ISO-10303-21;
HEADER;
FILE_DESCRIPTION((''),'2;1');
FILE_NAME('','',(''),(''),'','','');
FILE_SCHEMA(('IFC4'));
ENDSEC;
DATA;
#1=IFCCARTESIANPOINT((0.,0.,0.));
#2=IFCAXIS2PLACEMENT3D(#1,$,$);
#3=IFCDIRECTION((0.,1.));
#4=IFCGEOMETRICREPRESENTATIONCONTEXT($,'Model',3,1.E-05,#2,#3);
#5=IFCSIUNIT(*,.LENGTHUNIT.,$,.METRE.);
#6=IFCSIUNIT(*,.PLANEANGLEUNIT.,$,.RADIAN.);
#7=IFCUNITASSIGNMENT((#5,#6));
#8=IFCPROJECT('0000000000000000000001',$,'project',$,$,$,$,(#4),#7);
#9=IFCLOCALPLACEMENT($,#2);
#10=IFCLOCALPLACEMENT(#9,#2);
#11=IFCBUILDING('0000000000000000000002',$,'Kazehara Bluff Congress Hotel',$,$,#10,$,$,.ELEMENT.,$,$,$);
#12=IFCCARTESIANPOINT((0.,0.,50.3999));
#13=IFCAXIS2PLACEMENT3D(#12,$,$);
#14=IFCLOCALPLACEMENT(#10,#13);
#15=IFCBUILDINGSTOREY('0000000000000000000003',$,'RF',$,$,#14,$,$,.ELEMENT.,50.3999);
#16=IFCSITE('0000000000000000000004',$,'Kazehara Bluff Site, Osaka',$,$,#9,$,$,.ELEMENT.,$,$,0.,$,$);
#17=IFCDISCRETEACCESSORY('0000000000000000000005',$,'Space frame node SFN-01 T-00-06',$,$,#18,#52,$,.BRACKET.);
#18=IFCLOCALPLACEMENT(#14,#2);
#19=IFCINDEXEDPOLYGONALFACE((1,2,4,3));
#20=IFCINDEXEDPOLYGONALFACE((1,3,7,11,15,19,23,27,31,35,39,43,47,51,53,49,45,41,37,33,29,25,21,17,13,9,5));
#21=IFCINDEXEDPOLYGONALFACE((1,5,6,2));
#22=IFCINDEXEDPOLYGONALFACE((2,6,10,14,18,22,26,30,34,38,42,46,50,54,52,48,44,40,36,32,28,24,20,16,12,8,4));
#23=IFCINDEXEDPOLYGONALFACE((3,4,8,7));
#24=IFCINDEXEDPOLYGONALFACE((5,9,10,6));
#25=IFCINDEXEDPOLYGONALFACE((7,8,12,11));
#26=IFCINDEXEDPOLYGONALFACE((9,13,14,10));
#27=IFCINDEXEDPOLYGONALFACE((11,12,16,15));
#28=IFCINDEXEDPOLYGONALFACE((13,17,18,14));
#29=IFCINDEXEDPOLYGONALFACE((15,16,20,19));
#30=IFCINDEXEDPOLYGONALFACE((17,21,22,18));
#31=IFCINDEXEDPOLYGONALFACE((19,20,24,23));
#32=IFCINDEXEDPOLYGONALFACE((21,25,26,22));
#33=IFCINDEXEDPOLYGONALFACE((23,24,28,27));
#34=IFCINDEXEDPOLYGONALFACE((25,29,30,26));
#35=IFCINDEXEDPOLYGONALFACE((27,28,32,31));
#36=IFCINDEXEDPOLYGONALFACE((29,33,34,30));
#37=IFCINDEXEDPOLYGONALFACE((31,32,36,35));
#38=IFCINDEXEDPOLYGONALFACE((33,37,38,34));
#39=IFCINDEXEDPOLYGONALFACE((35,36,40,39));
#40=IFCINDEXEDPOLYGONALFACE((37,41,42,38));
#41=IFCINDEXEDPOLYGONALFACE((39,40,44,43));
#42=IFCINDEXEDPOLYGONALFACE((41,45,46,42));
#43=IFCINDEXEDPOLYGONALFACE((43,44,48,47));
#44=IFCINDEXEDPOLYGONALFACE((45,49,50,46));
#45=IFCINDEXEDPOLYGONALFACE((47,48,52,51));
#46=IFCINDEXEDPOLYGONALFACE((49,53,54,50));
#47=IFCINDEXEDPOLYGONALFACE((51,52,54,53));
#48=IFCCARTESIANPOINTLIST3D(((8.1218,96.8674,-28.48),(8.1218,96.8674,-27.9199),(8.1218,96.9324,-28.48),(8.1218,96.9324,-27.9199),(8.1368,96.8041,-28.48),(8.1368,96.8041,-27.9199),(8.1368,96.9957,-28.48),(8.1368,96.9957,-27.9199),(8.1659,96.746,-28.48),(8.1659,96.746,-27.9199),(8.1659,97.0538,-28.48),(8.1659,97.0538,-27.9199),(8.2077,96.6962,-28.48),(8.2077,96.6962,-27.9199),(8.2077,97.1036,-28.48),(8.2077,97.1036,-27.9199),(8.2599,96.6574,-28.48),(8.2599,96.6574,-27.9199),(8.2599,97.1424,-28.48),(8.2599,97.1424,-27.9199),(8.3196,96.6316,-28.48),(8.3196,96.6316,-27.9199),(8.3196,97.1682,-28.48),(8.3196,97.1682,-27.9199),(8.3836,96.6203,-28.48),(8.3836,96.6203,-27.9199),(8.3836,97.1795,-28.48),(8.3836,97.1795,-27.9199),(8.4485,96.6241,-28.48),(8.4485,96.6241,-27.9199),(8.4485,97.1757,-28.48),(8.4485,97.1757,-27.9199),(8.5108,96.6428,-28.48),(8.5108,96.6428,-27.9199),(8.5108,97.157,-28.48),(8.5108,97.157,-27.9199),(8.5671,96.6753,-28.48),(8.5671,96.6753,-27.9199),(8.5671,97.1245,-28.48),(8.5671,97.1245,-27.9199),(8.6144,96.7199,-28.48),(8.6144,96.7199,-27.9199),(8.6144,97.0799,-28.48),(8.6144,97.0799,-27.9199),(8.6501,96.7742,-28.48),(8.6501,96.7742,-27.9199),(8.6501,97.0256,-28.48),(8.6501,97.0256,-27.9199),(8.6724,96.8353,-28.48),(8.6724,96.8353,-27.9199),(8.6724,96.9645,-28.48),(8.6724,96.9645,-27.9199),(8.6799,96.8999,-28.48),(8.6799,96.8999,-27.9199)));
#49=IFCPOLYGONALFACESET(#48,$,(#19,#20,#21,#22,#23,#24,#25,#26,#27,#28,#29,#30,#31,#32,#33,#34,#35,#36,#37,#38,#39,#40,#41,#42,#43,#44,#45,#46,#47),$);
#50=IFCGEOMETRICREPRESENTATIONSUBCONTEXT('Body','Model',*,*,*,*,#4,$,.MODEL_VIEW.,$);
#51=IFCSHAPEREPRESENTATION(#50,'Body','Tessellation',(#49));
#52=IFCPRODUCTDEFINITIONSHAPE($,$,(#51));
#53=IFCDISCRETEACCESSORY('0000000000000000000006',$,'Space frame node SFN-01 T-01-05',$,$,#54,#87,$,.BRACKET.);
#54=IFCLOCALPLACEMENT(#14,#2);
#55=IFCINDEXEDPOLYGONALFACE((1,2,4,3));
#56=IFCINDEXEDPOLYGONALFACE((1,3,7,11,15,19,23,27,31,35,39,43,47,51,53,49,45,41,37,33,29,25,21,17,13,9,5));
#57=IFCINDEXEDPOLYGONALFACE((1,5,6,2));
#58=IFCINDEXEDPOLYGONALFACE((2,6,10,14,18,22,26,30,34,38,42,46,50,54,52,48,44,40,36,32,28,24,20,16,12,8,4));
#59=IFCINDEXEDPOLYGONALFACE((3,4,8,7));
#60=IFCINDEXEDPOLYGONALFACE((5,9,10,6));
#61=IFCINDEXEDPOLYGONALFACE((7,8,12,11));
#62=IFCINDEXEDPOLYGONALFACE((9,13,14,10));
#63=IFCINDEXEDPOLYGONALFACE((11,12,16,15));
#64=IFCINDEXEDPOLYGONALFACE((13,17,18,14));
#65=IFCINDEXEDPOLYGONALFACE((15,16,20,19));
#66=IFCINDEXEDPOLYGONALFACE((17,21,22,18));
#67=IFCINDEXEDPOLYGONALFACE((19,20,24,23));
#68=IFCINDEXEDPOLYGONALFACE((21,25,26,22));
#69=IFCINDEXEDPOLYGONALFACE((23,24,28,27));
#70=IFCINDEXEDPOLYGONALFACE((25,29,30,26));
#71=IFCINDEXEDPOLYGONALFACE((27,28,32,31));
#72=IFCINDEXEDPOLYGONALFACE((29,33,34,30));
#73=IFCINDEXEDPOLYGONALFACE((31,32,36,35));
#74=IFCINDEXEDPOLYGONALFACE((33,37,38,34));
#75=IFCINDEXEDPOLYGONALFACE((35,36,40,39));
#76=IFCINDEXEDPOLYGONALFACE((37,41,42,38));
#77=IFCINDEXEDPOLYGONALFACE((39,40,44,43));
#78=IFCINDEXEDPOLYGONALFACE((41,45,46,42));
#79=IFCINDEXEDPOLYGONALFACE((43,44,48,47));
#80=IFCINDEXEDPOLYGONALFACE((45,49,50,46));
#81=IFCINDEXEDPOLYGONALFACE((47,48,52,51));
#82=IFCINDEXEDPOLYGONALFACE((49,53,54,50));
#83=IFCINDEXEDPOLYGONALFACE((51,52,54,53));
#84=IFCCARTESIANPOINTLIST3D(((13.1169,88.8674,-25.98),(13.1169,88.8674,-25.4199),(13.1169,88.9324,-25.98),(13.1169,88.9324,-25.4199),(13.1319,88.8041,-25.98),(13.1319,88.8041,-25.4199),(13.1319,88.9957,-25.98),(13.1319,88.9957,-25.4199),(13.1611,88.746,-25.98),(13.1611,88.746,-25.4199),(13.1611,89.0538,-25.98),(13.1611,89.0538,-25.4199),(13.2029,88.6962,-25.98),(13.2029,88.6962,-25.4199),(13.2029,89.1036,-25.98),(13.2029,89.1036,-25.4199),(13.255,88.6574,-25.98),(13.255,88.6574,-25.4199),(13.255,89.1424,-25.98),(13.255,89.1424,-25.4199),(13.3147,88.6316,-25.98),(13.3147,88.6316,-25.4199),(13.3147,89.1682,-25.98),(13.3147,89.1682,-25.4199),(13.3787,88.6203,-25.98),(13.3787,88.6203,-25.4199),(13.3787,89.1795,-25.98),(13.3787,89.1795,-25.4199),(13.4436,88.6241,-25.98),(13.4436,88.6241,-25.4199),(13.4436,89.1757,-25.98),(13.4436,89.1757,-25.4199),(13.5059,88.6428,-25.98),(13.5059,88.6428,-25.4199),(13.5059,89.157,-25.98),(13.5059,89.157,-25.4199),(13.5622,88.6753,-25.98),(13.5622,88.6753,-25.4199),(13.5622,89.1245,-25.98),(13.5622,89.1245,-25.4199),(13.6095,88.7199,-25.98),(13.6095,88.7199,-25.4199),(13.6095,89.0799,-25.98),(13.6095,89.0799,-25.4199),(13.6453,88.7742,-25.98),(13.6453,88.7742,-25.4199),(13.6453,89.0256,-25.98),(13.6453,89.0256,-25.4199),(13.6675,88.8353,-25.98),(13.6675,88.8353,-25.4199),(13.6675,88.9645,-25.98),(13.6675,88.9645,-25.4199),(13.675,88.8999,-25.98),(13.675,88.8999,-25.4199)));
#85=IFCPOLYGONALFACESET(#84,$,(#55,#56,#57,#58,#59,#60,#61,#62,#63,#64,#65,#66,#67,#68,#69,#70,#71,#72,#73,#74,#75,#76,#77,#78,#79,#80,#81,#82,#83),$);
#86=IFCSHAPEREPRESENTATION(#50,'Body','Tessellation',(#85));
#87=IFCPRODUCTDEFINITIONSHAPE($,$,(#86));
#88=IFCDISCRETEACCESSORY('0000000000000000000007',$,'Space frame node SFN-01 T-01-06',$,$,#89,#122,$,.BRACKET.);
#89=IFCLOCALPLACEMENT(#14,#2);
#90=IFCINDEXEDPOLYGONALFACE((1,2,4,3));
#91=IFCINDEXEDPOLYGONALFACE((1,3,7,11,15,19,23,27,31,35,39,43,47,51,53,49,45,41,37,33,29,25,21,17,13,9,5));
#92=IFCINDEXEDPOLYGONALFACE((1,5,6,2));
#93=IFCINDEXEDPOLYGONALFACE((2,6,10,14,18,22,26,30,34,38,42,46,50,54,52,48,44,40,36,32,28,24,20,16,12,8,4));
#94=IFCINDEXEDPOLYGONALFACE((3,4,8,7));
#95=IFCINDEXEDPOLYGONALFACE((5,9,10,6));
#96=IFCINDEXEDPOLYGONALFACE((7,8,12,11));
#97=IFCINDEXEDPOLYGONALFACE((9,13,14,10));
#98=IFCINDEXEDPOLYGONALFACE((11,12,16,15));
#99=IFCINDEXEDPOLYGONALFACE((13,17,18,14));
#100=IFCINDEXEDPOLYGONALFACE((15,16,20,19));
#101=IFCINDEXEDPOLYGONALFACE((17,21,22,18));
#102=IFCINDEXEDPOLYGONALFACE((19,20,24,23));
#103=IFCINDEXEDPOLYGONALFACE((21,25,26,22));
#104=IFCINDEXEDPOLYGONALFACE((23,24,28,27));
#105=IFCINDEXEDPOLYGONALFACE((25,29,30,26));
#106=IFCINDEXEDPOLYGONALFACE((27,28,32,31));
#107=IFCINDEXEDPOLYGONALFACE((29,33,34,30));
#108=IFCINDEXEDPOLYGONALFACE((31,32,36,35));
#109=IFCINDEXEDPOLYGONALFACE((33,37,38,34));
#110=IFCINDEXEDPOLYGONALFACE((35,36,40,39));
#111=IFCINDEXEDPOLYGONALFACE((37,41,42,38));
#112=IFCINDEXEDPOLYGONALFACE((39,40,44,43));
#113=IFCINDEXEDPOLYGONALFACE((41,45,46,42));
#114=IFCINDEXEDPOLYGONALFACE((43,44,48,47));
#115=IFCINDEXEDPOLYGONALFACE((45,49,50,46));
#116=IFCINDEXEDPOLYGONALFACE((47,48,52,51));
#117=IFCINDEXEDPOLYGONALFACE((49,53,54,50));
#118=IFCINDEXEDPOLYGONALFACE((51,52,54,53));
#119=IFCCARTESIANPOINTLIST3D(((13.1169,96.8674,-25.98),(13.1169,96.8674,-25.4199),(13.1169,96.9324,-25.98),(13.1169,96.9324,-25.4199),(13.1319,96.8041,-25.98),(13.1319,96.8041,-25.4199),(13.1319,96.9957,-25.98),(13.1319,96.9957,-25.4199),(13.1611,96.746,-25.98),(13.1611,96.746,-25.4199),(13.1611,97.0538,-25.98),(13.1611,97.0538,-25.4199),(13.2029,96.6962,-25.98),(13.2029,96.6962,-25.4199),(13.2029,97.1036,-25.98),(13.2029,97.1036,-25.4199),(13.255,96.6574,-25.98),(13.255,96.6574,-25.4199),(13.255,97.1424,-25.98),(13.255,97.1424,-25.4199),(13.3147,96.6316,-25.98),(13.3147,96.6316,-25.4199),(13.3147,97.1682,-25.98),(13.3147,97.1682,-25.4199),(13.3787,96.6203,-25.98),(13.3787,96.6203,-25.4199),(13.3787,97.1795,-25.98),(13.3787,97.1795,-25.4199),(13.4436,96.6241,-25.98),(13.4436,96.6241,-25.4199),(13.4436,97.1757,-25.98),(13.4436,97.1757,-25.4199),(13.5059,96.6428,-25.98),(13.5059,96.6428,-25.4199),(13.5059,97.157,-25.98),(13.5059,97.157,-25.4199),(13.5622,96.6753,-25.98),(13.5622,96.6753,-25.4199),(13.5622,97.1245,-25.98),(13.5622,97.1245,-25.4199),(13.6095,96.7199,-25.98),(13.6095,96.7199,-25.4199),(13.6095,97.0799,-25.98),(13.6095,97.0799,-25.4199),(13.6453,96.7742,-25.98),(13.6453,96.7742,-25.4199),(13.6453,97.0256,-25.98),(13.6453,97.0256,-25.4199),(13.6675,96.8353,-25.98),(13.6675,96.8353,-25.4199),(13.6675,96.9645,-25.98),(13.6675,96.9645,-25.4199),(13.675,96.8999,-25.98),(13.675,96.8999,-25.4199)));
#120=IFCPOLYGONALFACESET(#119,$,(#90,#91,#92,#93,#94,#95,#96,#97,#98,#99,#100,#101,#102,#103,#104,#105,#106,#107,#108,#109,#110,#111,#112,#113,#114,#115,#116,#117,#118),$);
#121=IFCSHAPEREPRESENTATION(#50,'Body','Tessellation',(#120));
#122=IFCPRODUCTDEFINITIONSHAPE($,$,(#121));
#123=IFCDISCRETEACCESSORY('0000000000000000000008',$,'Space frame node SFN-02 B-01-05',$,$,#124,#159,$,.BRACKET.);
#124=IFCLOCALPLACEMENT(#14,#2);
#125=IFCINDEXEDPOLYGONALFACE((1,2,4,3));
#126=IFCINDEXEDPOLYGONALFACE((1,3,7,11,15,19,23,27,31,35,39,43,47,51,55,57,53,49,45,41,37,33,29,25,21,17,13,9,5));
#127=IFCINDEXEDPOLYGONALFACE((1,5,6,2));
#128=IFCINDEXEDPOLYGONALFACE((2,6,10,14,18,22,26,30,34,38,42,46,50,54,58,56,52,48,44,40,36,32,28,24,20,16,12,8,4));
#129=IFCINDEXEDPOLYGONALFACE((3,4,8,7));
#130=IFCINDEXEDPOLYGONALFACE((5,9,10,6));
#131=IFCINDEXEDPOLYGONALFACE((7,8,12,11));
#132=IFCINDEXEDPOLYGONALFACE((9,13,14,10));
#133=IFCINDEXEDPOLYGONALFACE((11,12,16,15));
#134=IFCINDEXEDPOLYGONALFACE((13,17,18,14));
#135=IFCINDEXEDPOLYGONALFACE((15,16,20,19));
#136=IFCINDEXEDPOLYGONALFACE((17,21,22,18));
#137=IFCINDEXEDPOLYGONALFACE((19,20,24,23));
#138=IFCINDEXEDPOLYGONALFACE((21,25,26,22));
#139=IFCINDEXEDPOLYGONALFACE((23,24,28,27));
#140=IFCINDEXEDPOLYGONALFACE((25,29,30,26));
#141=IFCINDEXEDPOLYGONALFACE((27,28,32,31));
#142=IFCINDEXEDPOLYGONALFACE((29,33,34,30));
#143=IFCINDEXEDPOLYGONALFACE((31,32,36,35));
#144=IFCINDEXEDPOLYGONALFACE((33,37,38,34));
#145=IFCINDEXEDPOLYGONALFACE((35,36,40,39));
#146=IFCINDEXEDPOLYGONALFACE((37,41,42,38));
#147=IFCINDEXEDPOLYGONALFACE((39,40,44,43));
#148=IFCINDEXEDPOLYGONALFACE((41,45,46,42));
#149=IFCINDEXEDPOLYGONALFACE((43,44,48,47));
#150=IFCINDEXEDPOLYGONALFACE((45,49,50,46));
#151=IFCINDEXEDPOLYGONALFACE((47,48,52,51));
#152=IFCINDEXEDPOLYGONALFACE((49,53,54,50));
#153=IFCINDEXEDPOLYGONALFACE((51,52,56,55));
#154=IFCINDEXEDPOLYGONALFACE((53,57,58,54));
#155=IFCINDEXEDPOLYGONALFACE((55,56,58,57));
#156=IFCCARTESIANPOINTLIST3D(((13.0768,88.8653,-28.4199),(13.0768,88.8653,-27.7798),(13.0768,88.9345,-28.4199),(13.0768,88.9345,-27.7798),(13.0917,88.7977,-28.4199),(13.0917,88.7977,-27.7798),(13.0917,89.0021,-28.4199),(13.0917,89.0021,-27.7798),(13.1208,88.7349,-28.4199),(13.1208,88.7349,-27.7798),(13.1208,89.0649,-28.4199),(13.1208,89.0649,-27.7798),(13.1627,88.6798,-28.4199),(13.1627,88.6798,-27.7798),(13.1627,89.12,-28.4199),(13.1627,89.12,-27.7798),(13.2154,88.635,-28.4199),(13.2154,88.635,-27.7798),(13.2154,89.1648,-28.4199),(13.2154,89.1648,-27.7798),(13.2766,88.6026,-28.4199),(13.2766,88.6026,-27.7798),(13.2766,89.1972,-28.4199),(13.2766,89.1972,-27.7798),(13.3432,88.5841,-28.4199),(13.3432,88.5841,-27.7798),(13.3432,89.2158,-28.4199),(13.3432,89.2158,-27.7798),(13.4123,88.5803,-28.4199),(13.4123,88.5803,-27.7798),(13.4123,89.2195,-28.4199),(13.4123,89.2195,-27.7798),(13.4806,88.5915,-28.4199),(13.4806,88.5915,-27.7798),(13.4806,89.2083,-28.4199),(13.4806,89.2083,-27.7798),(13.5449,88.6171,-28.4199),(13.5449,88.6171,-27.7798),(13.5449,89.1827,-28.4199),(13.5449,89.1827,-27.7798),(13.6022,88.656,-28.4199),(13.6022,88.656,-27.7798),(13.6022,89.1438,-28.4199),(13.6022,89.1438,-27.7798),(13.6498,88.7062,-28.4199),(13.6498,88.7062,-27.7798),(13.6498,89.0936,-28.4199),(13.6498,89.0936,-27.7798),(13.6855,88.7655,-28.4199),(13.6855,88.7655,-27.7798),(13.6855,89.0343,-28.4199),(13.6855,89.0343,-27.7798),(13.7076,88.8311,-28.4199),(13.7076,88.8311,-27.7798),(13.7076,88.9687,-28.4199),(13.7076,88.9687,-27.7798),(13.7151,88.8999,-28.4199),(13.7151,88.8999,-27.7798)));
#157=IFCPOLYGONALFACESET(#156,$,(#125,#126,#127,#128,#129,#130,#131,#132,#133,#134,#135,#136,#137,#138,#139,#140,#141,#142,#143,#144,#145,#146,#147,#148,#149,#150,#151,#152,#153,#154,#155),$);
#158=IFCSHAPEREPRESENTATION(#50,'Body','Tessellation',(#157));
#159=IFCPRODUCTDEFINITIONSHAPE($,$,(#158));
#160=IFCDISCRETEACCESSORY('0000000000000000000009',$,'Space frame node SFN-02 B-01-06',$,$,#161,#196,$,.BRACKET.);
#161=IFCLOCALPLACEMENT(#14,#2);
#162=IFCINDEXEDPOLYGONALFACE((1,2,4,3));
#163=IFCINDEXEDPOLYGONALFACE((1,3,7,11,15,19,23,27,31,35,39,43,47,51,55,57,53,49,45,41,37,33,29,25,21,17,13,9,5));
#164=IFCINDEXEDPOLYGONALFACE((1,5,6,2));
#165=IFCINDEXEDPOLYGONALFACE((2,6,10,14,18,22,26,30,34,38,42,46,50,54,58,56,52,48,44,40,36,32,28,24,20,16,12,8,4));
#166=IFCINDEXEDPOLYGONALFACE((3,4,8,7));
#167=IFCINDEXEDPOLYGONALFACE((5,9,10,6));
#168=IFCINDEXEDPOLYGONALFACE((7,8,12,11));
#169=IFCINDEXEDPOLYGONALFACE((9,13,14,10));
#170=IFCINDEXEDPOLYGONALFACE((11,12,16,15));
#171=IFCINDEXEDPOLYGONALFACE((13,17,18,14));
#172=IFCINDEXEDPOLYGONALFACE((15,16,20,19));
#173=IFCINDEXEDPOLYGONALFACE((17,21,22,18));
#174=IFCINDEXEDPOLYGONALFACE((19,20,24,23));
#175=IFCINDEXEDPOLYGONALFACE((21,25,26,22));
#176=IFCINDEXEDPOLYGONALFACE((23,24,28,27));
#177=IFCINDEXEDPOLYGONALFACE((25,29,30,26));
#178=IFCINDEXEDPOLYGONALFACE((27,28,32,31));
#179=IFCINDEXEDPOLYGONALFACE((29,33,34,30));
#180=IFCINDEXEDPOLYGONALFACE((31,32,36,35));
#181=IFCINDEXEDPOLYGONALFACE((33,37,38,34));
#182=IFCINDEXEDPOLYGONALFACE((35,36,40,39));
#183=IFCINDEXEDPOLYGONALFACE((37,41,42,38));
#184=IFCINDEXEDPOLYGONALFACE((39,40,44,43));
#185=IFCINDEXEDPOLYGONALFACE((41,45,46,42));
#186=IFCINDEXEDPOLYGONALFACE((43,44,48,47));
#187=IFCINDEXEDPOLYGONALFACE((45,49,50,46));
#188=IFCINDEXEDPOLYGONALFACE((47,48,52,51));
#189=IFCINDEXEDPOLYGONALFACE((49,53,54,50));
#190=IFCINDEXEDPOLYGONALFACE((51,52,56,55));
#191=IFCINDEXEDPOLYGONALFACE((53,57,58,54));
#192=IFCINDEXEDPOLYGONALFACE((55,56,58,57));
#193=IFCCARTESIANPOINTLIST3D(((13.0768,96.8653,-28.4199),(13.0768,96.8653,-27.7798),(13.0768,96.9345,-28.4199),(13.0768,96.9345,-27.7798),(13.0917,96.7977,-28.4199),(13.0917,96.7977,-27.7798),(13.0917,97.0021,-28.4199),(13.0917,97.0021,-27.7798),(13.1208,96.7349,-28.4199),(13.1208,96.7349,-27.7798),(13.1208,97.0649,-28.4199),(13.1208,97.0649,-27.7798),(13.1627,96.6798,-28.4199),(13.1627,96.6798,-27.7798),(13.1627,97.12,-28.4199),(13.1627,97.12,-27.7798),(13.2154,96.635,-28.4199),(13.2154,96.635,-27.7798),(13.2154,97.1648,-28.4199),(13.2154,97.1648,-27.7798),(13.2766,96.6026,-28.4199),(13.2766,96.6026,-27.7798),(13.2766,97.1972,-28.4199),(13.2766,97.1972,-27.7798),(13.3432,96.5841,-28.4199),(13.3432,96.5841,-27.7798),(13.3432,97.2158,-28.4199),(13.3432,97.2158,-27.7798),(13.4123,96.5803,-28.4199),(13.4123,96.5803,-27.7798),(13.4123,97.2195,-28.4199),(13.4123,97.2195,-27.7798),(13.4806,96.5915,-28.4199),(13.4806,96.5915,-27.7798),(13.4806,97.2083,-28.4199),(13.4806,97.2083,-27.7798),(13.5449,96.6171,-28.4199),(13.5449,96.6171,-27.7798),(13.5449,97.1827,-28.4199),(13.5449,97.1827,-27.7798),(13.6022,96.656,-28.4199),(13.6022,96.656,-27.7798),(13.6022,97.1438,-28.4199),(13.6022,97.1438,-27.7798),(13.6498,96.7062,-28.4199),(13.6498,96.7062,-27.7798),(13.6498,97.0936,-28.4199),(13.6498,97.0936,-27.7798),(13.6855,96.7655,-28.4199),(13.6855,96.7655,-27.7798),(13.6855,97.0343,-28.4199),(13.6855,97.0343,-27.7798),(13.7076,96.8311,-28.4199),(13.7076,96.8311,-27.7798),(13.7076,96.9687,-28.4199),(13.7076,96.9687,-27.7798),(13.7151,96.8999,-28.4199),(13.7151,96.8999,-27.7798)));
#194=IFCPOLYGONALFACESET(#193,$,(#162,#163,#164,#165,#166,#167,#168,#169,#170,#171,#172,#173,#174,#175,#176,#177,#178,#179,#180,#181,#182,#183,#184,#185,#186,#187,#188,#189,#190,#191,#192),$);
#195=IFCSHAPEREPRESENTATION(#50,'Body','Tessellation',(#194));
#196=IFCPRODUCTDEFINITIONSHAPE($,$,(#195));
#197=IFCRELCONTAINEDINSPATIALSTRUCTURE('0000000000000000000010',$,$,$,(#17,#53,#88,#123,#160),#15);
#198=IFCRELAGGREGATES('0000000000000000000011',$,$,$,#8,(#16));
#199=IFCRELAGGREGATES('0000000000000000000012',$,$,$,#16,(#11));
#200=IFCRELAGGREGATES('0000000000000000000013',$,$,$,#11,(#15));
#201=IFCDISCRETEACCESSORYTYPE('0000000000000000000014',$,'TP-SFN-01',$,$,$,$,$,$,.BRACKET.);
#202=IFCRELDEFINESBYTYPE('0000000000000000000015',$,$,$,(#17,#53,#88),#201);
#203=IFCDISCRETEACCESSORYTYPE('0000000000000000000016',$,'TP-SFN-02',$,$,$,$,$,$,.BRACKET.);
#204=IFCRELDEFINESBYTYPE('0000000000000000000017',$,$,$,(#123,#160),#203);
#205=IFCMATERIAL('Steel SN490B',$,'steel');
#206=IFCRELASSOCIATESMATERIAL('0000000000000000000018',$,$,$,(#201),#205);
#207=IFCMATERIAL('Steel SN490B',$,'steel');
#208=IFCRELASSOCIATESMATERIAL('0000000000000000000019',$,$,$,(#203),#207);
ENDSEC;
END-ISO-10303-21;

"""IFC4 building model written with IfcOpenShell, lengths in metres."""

from ifc_helpers import new_model, si_unit, direction, frame, origin, origin_2d, place, context, subcontext, project, spatial, circle, extrude, material, material_profile, profile_set, type_object, element, save


model = new_model("IFC4")

# Units and contexts
model_context = context("Model", 3, precision=1e-05, world=origin(), true_north=direction((0.0, 1.0)))
body_context = subcontext(model_context, "Body", "Model", "MODEL_VIEW")
ifc_project = project(units=[si_unit("LENGTHUNIT", "METRE"), si_unit("PLANEANGLEUNIT", "RADIAN")], contexts=[model_context])

# Site, building, storey
site_placement = place(None, origin())
site = spatial("IfcSite", under=ifc_project, at=site_placement, Name="Kazehara Bluff Site, Osaka", CompositionType="ELEMENT", RefElevation=0.0)
building_placement = place(site_placement, origin())
building = spatial("IfcBuilding", under=site, at=building_placement, Name="Kazehara Bluff Congress Hotel", CompositionType="ELEMENT")
storey_placement = place(building_placement, frame((0.0, 0.0, 50.3999)))
storey = spatial("IfcBuildingStorey", under=building, at=storey_placement, Name="RF", CompositionType="ELEMENT", Elevation=50.3999)

# Discrete accessories
ifc_material_1 = material(Name="Steel SN490B", Category="steel")
ifc_material_profile_1 = material_profile(ifc_material_1, circle(Radius=0.28, at=origin_2d()))
ifc_profile_set_1 = profile_set([ifc_material_profile_1], Name="Steel SN490B")
discrete_accessory_type_1 = type_object("IfcDiscreteAccessoryType", Name="TP-SFN-01", PredefinedType="BRACKET", material=ifc_profile_set_1)
for number, where, z_axis, x_axis, name in (
    (1, (8.3999, 96.8999, -28.48), (0.0, 0.0, 1.0), (1.0, 0.0, 0.0), "Space frame node SFN-01 T-00-06"),
    (2, (13.395, 88.8999, -25.98), (0.0, 0.0, 1.0), (1.0, 0.0, 0.0), "Space frame node SFN-01 T-01-05"),
    (3, (13.395, 96.8999, -25.98), (0.0, 0.0, 1.0), (1.0, 0.0, 0.0), "Space frame node SFN-01 T-01-06"),
):
    element("IfcDiscreteAccessory", number, at=place(storey_placement, frame(where, z_axis=z_axis, x_axis=x_axis)), inside=storey, type_object=discrete_accessory_type_1, Name=name, PredefinedType="BRACKET", context=body_context, shape_type="SweptSolid", body=[
        extrude(circle(Radius=0.28, at=origin_2d()), origin(), (0.0, 0.0, 1.0), 0.5601),
    ])
ifc_material_2 = material(Name="Steel SN490B", Category="steel")
ifc_material_profile_2 = material_profile(ifc_material_2, circle(Radius=0.3201, at=origin_2d()))
ifc_profile_set_2 = profile_set([ifc_material_profile_2], Name="Steel SN490B")
discrete_accessory_type_2 = type_object("IfcDiscreteAccessoryType", Name="TP-SFN-02", PredefinedType="BRACKET", material=ifc_profile_set_2)
for number, where, z_axis, x_axis, name in (
    (4, (13.395, 88.8999, -28.4199), (0.0, 0.0, 1.0), (1.0, 0.0, 0.0), "Space frame node SFN-02 B-01-05"),
    (5, (13.395, 96.8999, -28.4199), (0.0, 0.0, 1.0), (1.0, 0.0, 0.0), "Space frame node SFN-02 B-01-06"),
):
    element("IfcDiscreteAccessory", number, at=place(storey_placement, frame(where, z_axis=z_axis, x_axis=x_axis)), inside=storey, type_object=discrete_accessory_type_2, Name=name, PredefinedType="BRACKET", context=body_context, shape_type="SweptSolid", body=[
        extrude(circle(Radius=0.3201, at=origin_2d()), origin(), (0.0, 0.0, 1.0), 0.6401),
    ])

save(model, "model.ifc")
